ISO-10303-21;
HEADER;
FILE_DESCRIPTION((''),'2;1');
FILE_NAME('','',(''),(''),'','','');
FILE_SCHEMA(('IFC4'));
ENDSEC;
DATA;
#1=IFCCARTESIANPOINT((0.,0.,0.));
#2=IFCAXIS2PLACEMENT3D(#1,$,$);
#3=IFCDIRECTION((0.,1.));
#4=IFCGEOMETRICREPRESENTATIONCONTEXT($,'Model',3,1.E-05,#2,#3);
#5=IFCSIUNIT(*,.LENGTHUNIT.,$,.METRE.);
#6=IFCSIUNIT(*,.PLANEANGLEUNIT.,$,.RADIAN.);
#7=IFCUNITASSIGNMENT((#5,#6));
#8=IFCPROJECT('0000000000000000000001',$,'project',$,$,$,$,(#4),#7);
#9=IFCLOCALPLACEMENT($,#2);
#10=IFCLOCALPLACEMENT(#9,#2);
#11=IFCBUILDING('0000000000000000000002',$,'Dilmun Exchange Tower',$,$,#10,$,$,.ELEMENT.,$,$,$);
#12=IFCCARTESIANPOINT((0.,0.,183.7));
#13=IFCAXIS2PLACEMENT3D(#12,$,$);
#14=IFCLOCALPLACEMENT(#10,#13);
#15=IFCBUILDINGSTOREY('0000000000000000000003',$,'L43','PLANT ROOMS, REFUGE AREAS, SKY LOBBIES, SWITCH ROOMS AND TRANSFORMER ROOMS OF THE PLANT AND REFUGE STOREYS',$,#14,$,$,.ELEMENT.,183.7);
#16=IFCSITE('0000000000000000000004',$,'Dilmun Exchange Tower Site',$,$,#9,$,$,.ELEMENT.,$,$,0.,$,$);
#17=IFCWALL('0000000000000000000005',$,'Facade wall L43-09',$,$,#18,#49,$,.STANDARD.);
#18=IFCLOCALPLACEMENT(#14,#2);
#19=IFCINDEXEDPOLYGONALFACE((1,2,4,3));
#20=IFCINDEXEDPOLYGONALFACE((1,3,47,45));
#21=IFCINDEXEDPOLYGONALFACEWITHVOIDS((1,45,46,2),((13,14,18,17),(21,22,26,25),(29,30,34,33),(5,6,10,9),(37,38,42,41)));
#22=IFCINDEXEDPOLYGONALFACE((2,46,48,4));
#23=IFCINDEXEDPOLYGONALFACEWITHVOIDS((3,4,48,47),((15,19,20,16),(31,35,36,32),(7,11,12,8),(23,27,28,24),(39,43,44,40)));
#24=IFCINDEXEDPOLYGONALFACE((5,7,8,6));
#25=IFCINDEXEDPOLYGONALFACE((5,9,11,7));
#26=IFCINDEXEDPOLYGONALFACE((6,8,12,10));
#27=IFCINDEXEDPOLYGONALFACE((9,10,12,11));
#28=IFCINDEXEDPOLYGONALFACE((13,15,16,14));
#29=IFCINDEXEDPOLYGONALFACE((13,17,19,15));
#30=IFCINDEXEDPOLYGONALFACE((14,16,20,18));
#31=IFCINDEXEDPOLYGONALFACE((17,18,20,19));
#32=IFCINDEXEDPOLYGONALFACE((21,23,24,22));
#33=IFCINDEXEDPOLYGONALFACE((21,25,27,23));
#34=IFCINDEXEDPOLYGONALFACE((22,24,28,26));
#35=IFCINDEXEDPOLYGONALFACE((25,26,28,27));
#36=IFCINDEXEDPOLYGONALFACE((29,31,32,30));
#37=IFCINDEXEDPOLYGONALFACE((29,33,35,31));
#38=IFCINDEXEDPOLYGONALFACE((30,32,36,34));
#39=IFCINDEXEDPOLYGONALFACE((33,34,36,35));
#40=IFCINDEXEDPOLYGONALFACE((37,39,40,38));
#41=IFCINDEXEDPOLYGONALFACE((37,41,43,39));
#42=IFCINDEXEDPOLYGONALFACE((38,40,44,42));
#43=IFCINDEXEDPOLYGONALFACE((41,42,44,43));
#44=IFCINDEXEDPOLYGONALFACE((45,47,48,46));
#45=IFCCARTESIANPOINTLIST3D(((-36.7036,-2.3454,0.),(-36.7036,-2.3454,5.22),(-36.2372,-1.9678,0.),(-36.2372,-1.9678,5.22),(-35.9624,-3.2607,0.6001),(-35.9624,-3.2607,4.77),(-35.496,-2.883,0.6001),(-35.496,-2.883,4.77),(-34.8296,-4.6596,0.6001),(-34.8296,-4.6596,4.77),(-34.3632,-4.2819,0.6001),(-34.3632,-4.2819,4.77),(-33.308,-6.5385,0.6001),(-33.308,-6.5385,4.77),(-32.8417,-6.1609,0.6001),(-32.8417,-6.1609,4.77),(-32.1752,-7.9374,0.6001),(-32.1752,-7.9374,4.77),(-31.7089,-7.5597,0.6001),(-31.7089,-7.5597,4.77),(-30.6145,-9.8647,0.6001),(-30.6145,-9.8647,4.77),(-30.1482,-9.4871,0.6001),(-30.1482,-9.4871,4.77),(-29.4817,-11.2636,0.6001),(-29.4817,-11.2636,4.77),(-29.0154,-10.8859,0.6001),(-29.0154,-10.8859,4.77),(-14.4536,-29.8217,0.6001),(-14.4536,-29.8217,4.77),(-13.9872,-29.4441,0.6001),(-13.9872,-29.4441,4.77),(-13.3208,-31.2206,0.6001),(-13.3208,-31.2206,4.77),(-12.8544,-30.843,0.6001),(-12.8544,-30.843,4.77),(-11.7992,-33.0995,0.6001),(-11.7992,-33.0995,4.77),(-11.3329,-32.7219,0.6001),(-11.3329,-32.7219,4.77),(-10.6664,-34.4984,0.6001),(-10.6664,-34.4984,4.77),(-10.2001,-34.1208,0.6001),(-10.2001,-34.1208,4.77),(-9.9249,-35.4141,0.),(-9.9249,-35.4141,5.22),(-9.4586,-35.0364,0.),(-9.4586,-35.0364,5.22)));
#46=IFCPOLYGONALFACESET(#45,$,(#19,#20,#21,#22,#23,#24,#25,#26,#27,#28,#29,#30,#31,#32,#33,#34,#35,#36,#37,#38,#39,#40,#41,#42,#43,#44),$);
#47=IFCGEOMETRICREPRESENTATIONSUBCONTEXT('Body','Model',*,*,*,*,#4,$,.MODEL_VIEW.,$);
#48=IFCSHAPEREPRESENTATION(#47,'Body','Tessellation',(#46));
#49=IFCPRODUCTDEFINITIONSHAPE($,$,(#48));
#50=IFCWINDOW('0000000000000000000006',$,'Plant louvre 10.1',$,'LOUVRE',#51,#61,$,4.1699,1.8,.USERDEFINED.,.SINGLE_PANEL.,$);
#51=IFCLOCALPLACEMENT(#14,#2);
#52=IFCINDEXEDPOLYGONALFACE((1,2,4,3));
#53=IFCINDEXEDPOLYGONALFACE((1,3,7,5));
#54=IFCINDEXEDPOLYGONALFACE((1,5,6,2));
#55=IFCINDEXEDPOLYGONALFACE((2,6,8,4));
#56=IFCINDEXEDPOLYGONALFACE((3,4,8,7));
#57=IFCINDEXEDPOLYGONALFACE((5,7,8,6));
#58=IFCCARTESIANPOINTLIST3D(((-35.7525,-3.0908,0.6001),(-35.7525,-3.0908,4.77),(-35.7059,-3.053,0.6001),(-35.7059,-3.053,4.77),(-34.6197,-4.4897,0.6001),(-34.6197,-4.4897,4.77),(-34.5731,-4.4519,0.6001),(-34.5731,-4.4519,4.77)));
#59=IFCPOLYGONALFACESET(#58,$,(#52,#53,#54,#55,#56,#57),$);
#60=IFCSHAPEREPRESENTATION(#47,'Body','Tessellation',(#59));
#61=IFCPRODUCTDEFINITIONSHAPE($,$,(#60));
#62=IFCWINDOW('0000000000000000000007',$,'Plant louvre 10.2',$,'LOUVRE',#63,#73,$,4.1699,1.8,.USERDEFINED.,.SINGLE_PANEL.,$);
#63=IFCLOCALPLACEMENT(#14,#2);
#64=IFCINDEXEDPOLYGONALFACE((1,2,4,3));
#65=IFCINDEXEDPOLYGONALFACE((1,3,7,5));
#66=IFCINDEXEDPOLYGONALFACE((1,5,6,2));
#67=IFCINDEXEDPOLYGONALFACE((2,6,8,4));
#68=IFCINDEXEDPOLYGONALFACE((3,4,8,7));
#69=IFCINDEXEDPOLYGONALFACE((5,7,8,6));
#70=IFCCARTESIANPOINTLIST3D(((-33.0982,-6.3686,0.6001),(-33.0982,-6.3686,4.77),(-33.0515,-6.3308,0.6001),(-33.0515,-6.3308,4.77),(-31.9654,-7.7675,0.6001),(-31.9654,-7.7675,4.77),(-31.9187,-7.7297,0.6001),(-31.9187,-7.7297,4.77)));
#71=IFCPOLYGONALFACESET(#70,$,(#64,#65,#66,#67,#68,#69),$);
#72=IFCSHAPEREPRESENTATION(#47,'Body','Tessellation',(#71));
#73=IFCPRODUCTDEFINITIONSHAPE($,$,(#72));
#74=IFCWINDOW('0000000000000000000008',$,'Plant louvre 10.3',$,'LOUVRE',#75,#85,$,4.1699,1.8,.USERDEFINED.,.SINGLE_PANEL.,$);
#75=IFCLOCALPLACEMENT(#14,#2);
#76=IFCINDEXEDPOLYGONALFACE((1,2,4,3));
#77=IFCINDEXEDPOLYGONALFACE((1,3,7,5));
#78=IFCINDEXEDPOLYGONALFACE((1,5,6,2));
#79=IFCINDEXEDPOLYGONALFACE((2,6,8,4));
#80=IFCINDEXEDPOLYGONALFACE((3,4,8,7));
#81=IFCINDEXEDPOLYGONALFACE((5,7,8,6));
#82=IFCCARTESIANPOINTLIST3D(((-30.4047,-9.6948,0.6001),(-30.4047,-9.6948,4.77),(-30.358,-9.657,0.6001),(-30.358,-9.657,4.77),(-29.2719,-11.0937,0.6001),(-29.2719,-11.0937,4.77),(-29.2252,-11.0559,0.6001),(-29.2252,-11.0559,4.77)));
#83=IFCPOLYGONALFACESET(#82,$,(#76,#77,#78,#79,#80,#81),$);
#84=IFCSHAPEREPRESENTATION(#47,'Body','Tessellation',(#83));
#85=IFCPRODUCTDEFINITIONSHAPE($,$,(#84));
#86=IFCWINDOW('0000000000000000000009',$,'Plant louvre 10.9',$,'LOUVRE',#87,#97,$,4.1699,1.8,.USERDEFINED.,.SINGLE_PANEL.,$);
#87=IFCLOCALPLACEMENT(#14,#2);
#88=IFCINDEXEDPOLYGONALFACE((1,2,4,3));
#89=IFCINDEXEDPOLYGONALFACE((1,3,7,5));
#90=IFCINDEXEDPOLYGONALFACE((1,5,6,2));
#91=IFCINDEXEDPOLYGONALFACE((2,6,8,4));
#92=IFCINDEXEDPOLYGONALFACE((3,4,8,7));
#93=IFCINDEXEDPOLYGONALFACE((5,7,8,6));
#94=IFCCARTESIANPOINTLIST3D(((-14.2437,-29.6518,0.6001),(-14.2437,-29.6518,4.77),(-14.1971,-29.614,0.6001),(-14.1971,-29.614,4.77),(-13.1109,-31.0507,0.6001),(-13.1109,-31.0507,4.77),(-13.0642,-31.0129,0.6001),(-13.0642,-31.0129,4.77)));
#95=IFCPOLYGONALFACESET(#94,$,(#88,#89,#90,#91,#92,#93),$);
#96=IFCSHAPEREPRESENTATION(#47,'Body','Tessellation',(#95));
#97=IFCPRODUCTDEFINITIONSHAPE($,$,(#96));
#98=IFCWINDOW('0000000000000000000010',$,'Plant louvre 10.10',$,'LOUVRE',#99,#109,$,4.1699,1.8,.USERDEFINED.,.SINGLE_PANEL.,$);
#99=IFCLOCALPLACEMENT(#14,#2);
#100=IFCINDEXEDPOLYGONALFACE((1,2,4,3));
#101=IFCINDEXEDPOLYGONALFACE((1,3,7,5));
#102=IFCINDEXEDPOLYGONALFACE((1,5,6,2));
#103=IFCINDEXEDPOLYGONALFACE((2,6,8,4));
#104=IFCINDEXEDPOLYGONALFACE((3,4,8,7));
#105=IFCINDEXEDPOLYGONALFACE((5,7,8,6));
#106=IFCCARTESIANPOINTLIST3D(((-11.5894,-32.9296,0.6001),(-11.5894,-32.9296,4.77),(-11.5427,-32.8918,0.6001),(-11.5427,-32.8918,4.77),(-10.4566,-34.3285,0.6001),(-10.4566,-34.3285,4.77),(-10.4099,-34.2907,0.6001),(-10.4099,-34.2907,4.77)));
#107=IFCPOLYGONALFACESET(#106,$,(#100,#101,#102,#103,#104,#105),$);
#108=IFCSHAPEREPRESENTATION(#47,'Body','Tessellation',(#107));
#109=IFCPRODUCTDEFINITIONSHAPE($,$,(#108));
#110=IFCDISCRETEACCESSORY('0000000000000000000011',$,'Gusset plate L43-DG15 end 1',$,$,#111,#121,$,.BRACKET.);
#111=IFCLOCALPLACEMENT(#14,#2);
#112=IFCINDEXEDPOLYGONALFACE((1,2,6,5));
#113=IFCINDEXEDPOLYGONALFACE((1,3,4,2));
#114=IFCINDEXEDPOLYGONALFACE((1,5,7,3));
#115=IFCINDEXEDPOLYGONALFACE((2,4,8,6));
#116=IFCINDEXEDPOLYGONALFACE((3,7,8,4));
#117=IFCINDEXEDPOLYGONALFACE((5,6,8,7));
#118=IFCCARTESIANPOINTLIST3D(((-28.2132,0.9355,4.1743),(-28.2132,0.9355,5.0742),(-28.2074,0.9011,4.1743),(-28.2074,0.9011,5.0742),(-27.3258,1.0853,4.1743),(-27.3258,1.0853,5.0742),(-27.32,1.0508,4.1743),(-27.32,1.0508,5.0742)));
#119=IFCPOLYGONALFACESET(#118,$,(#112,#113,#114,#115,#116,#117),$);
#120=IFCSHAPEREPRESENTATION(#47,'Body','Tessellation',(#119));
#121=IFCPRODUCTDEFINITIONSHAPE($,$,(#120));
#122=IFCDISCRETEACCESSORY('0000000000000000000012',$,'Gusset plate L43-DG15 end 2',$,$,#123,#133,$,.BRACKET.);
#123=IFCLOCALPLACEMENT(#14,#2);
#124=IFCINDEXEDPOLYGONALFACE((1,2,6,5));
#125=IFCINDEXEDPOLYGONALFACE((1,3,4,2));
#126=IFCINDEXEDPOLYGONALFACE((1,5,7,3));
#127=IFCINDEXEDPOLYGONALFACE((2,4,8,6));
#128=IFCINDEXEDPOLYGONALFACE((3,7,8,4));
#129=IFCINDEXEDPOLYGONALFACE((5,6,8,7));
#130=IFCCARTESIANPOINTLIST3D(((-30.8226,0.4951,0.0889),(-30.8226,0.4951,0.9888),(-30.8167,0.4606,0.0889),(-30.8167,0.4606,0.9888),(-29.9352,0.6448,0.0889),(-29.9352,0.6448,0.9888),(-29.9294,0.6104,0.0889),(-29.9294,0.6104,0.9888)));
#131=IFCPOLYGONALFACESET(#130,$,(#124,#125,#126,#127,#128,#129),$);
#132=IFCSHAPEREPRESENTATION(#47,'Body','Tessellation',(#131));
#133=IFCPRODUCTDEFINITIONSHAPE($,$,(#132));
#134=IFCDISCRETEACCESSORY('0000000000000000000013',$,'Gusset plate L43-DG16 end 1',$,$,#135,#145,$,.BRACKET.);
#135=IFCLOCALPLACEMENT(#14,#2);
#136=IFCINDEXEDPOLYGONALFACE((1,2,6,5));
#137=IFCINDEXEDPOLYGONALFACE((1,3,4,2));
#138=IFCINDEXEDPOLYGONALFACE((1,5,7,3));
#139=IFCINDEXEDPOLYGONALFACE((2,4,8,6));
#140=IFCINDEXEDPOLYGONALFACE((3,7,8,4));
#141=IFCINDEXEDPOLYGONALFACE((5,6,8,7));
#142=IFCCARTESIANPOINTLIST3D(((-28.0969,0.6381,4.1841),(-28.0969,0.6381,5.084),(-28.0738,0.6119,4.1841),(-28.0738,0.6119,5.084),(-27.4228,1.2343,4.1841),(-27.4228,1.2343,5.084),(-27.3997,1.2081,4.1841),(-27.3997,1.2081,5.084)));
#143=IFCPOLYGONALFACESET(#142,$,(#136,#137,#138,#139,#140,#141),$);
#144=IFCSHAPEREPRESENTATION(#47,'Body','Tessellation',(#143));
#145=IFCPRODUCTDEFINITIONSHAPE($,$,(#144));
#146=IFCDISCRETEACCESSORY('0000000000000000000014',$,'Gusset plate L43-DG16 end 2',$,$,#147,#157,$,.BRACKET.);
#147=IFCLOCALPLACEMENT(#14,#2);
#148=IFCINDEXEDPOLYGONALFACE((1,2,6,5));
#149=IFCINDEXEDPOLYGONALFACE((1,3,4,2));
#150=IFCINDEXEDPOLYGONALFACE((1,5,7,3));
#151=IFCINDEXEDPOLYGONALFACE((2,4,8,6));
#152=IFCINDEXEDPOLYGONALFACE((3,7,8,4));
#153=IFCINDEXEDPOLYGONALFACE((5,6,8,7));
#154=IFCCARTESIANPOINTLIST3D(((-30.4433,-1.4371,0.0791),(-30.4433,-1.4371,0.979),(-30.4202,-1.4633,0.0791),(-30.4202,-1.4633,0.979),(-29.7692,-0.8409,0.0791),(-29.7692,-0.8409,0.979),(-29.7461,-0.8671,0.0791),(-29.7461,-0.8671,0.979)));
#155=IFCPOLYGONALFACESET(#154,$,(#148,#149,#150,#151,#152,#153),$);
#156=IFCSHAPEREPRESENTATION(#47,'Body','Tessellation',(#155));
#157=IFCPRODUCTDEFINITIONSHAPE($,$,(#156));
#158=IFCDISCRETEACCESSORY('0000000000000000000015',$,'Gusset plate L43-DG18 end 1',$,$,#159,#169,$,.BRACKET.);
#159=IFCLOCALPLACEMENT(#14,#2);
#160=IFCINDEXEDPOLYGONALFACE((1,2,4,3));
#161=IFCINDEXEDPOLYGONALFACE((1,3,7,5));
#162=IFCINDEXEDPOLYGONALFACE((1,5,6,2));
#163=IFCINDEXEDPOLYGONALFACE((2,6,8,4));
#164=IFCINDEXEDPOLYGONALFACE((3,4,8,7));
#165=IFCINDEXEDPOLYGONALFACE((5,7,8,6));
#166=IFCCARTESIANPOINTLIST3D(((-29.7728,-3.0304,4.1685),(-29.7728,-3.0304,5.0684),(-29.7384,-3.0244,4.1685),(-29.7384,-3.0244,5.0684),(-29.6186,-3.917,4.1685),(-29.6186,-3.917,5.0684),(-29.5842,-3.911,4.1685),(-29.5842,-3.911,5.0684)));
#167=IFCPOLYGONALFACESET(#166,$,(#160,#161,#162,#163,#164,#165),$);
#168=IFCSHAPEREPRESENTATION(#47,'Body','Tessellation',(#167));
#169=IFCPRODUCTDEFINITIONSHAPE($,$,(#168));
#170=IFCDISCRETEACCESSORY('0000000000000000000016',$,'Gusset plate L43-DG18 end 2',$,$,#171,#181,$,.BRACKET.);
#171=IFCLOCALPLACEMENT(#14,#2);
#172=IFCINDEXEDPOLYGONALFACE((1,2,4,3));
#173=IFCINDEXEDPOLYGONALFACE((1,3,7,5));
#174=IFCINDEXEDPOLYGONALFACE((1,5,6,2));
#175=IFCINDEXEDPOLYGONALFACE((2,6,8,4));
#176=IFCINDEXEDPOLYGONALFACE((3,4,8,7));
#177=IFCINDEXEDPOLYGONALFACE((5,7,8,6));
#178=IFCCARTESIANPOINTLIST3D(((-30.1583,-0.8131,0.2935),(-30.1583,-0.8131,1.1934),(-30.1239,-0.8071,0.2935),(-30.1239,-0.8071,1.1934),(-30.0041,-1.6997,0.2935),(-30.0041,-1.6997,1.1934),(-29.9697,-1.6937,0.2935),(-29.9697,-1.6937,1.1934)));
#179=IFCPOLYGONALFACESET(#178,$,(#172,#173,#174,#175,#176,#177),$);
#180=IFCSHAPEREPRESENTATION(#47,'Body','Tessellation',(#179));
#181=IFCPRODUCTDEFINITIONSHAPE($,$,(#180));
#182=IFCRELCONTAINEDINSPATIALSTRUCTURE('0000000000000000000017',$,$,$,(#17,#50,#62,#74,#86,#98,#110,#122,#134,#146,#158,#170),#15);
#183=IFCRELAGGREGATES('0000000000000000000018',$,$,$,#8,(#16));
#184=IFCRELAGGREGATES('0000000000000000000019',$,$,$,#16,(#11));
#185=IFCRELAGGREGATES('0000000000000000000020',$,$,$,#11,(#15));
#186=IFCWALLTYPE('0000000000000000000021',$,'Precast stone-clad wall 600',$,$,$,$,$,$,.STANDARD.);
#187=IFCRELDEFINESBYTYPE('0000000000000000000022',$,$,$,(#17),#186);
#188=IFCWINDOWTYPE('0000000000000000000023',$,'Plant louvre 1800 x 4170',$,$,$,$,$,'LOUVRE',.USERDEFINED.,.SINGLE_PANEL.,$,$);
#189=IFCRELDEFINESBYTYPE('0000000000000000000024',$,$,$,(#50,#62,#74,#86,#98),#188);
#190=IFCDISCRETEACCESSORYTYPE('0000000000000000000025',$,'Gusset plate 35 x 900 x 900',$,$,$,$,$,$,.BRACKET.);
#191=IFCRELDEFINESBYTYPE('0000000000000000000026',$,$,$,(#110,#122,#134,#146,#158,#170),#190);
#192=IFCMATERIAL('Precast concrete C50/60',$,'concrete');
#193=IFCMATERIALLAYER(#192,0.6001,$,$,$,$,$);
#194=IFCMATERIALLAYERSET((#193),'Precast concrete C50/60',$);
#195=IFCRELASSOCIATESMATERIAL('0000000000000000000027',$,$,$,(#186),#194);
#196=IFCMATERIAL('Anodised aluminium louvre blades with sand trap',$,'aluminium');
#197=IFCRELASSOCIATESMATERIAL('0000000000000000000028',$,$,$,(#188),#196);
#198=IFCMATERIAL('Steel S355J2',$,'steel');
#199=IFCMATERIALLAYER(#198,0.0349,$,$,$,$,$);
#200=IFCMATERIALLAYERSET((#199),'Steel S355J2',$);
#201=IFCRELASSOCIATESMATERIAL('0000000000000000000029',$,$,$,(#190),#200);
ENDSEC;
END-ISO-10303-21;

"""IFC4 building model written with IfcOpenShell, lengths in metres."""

from ifc_helpers import new_model, si_unit, direction, frame, frame_2d, origin, origin_2d, place, context, subcontext, project, spatial, rectangle, extrude, material, layer, layer_set, type_object, element, fill, save


model = new_model("IFC4")

# Units and contexts
model_context = context("Model", 3, precision=1e-05, world=origin(), true_north=direction((0.0, 1.0)))
body_context = subcontext(model_context, "Body", "Model", "MODEL_VIEW")
ifc_project = project(units=[si_unit("LENGTHUNIT", "METRE"), si_unit("PLANEANGLEUNIT", "RADIAN")], contexts=[model_context])

# Site, building, storey
site_placement = place(None, origin())
site = spatial("IfcSite", under=ifc_project, at=site_placement, Name="Dilmun Exchange Tower Site", CompositionType="ELEMENT", RefElevation=0.0)
building_placement = place(site_placement, origin())
building = spatial("IfcBuilding", under=site, at=building_placement, Name="Dilmun Exchange Tower", CompositionType="ELEMENT")
storey_placement = place(building_placement, frame((0.0, 0.0, 183.7)))
storey = spatial("IfcBuildingStorey", under=building, at=storey_placement, Name="L43", Description="PLANT ROOMS, REFUGE AREAS, SKY LOBBIES, SWITCH ROOMS AND TRANSFORMER ROOMS OF THE PLANT AND REFUGE STOREYS", CompositionType="ELEMENT", Elevation=183.7)

# Shared definitions
ifc_material_1 = material(Name="Precast concrete C50/60", Category="concrete")
ifc_layer_1 = layer(ifc_material_1, 0.6001)
ifc_layer_set_1 = layer_set([ifc_layer_1], Name="Precast concrete C50/60")
wall_type_1 = type_object("IfcWallType", Name="Precast stone-clad wall 600", PredefinedType="STANDARD", material=ifc_layer_set_1)

# Wall, openings, windows
wall_1_placement = place(storey_placement, frame((-36.4705, -2.1565, 0.0), z_axis=(0.0, 0.0, 1.0), x_axis=(0.629322, -0.777144, 0.0)))
wall_1 = element("IfcWall", 1, at=wall_1_placement, inside=storey, type_object=wall_type_1, Name="Facade wall L43-09", PredefinedType="STANDARD", context=body_context, shape_type="SweptSolid", body=[
    extrude(rectangle(XDim=42.5515, YDim=0.6001, at=frame_2d((21.2759, 0.0))), origin(), (0.0, 0.0, 1.0), 5.22),
])
opening_1_placement = place(wall_1_placement, frame((1.178, 0.0, 0.6001)))
opening_1 = element("IfcOpeningElement", 2, at=opening_1_placement, cuts=wall_1, PredefinedType="OPENING", context=body_context, shape_type="SweptSolid", body=[
    extrude(rectangle(XDim=1.8, YDim=4.1699, at=frame_2d((0.8999, 2.085))), frame((0.0, 0.3101, 0.0), z_axis=(0.0, -1.0, 0.0), x_axis=(1.0, 0.0, 0.0)), (0.0, 0.0, 1.0), 0.6201),
])
opening_2_placement = place(wall_1_placement, frame((5.3958, 0.0, 0.6001)))
opening_2 = element("IfcOpeningElement", 3, at=opening_2_placement, cuts=wall_1, PredefinedType="OPENING", context=body_context, shape_type="SweptSolid", body=[
    extrude(rectangle(XDim=1.8, YDim=4.1699, at=frame_2d((0.8999, 2.085))), frame((0.0, 0.3101, 0.0), z_axis=(0.0, -1.0, 0.0), x_axis=(1.0, 0.0, 0.0)), (0.0, 0.0, 1.0), 0.6201),
])
opening_3_placement = place(wall_1_placement, frame((9.6758, 0.0, 0.6001)))
opening_3 = element("IfcOpeningElement", 4, at=opening_3_placement, cuts=wall_1, PredefinedType="OPENING", context=body_context, shape_type="SweptSolid", body=[
    extrude(rectangle(XDim=1.8, YDim=4.1699, at=frame_2d((0.8999, 2.085))), frame((0.0, 0.3101, 0.0), z_axis=(0.0, -1.0, 0.0), x_axis=(1.0, 0.0, 0.0)), (0.0, 0.0, 1.0), 0.6201),
])
opening_4_placement = place(wall_1_placement, frame((35.3557, 0.0, 0.6001)))
opening_4 = element("IfcOpeningElement", 5, at=opening_4_placement, cuts=wall_1, PredefinedType="OPENING", context=body_context, shape_type="SweptSolid", body=[
    extrude(rectangle(XDim=1.8, YDim=4.1699, at=frame_2d((0.8999, 2.085))), frame((0.0, 0.3101, 0.0), z_axis=(0.0, -1.0, 0.0), x_axis=(1.0, 0.0, 0.0)), (0.0, 0.0, 1.0), 0.6201),
])
opening_5_placement = place(wall_1_placement, frame((39.5735, 0.0, 0.6001)))
opening_5 = element("IfcOpeningElement", 6, at=opening_5_placement, cuts=wall_1, PredefinedType="OPENING", context=body_context, shape_type="SweptSolid", body=[
    extrude(rectangle(XDim=1.8, YDim=4.1699, at=frame_2d((0.8999, 2.085))), frame((0.0, 0.3101, 0.0), z_axis=(0.0, -1.0, 0.0), x_axis=(1.0, 0.0, 0.0)), (0.0, 0.0, 1.0), 0.6201),
])
ifc_material_2 = material(Name="Anodised aluminium louvre blades with sand trap", Category="aluminium")
window_type = type_object("IfcWindowType", Name="Plant louvre 1800 x 4170", ElementType="LOUVRE", PartitioningType="SINGLE_PANEL", PredefinedType="USERDEFINED", material=ifc_material_2)
window_1_placement = place(opening_1_placement, origin())
window_1 = element("IfcWindow", 7, at=window_1_placement, inside=storey, type_object=window_type, Name="Plant louvre 10.1", ObjectType="LOUVRE", OverallHeight=4.1699, OverallWidth=1.8, PartitioningType="SINGLE_PANEL", PredefinedType="USERDEFINED", context=body_context, shape_type="SweptSolid", body=[
    extrude(rectangle(XDim=1.8, YDim=4.1699, at=frame_2d((0.8999, 2.085))), frame((0.0, 0.03, 0.0), z_axis=(0.0, -1.0, 0.0), x_axis=(1.0, 0.0, 0.0)), (0.0, 0.0, 1.0), 0.0601),
])
fill(opening_1, window_1)
window_2_placement = place(opening_2_placement, origin())
window_2 = element("IfcWindow", 8, at=window_2_placement, inside=storey, type_object=window_type, Name="Plant louvre 10.2", ObjectType="LOUVRE", OverallHeight=4.1699, OverallWidth=1.8, PartitioningType="SINGLE_PANEL", PredefinedType="USERDEFINED", context=body_context, shape_type="SweptSolid", body=[
    extrude(rectangle(XDim=1.8, YDim=4.1699, at=frame_2d((0.8999, 2.085))), frame((0.0, 0.03, 0.0), z_axis=(0.0, -1.0, 0.0), x_axis=(1.0, 0.0, 0.0)), (0.0, 0.0, 1.0), 0.0601),
])
fill(opening_2, window_2)
window_3_placement = place(opening_3_placement, origin())
window_3 = element("IfcWindow", 9, at=window_3_placement, inside=storey, type_object=window_type, Name="Plant louvre 10.3", ObjectType="LOUVRE", OverallHeight=4.1699, OverallWidth=1.8, PartitioningType="SINGLE_PANEL", PredefinedType="USERDEFINED", context=body_context, shape_type="SweptSolid", body=[
    extrude(rectangle(XDim=1.8, YDim=4.1699, at=frame_2d((0.8999, 2.085))), frame((0.0, 0.03, 0.0), z_axis=(0.0, -1.0, 0.0), x_axis=(1.0, 0.0, 0.0)), (0.0, 0.0, 1.0), 0.0601),
])
fill(opening_3, window_3)
window_4_placement = place(opening_4_placement, origin())
window_4 = element("IfcWindow", 10, at=window_4_placement, inside=storey, type_object=window_type, Name="Plant louvre 10.9", ObjectType="LOUVRE", OverallHeight=4.1699, OverallWidth=1.8, PartitioningType="SINGLE_PANEL", PredefinedType="USERDEFINED", context=body_context, shape_type="SweptSolid", body=[
    extrude(rectangle(XDim=1.8, YDim=4.1699, at=frame_2d((0.8999, 2.085))), frame((0.0, 0.03, 0.0), z_axis=(0.0, -1.0, 0.0), x_axis=(1.0, 0.0, 0.0)), (0.0, 0.0, 1.0), 0.0601),
])
fill(opening_4, window_4)
window_5_placement = place(opening_5_placement, origin())
window_5 = element("IfcWindow", 11, at=window_5_placement, inside=storey, type_object=window_type, Name="Plant louvre 10.10", ObjectType="LOUVRE", OverallHeight=4.1699, OverallWidth=1.8, PartitioningType="SINGLE_PANEL", PredefinedType="USERDEFINED", context=body_context, shape_type="SweptSolid", body=[
    extrude(rectangle(XDim=1.8, YDim=4.1699, at=frame_2d((0.8999, 2.085))), frame((0.0, 0.03, 0.0), z_axis=(0.0, -1.0, 0.0), x_axis=(1.0, 0.0, 0.0)), (0.0, 0.0, 1.0), 0.0601),
])
fill(opening_5, window_5)

# Discrete accessories
ifc_material_3 = material(Name="Steel S355J2", Category="steel")
ifc_layer_2 = layer(ifc_material_3, 0.0349)
ifc_layer_set_2 = layer_set([ifc_layer_2], Name="Steel S355J2")
discrete_accessory_type = type_object("IfcDiscreteAccessoryType", Name="Gusset plate 35 x 900 x 900", PredefinedType="BRACKET", material=ifc_layer_set_2)
for number, where, z_axis, x_axis, name in (
    (12, (-27.7666, 0.9932, 4.1743), (0.0, 0.0, 1.0), (-0.98605, -0.166452, 0.0), "Gusset plate L43-DG15 end 1"),
    (13, (-30.376, 0.5527, 0.0889), (0.0, 0.0, 1.0), (-0.98605, -0.166452, 0.0), "Gusset plate L43-DG15 end 2"),
    (14, (-27.7483, 0.9231, 4.1841), (0.0, 0.0, 1.0), (-0.749077, -0.662483, 0.0), "Gusset plate L43-DG16 end 1"),
    (15, (-30.0947, -1.1521, 0.0791), (0.0, 0.0, 1.0), (-0.749077, -0.662483, 0.0), "Gusset plate L43-DG16 end 2"),
    (16, (-29.6785, -3.4707, 4.1685), (0.0, 0.0, 1.0), (-0.171369, 0.985207, 0.0), "Gusset plate L43-DG18 end 1"),
    (17, (-30.064, -1.2534, 0.2935), (0.0, 0.0, 1.0), (-0.171369, 0.985207, 0.0), "Gusset plate L43-DG18 end 2"),
):
    element("IfcDiscreteAccessory", number, at=place(storey_placement, frame(where, z_axis=z_axis, x_axis=x_axis)), inside=storey, type_object=discrete_accessory_type, Name=name, PredefinedType="BRACKET", context=body_context, shape_type="SweptSolid", body=[
        extrude(rectangle(XDim=0.8999, YDim=0.0349, at=origin_2d()), origin(), (0.0, 0.0, 1.0), 0.8999),
    ])

save(model, "model.ifc")
